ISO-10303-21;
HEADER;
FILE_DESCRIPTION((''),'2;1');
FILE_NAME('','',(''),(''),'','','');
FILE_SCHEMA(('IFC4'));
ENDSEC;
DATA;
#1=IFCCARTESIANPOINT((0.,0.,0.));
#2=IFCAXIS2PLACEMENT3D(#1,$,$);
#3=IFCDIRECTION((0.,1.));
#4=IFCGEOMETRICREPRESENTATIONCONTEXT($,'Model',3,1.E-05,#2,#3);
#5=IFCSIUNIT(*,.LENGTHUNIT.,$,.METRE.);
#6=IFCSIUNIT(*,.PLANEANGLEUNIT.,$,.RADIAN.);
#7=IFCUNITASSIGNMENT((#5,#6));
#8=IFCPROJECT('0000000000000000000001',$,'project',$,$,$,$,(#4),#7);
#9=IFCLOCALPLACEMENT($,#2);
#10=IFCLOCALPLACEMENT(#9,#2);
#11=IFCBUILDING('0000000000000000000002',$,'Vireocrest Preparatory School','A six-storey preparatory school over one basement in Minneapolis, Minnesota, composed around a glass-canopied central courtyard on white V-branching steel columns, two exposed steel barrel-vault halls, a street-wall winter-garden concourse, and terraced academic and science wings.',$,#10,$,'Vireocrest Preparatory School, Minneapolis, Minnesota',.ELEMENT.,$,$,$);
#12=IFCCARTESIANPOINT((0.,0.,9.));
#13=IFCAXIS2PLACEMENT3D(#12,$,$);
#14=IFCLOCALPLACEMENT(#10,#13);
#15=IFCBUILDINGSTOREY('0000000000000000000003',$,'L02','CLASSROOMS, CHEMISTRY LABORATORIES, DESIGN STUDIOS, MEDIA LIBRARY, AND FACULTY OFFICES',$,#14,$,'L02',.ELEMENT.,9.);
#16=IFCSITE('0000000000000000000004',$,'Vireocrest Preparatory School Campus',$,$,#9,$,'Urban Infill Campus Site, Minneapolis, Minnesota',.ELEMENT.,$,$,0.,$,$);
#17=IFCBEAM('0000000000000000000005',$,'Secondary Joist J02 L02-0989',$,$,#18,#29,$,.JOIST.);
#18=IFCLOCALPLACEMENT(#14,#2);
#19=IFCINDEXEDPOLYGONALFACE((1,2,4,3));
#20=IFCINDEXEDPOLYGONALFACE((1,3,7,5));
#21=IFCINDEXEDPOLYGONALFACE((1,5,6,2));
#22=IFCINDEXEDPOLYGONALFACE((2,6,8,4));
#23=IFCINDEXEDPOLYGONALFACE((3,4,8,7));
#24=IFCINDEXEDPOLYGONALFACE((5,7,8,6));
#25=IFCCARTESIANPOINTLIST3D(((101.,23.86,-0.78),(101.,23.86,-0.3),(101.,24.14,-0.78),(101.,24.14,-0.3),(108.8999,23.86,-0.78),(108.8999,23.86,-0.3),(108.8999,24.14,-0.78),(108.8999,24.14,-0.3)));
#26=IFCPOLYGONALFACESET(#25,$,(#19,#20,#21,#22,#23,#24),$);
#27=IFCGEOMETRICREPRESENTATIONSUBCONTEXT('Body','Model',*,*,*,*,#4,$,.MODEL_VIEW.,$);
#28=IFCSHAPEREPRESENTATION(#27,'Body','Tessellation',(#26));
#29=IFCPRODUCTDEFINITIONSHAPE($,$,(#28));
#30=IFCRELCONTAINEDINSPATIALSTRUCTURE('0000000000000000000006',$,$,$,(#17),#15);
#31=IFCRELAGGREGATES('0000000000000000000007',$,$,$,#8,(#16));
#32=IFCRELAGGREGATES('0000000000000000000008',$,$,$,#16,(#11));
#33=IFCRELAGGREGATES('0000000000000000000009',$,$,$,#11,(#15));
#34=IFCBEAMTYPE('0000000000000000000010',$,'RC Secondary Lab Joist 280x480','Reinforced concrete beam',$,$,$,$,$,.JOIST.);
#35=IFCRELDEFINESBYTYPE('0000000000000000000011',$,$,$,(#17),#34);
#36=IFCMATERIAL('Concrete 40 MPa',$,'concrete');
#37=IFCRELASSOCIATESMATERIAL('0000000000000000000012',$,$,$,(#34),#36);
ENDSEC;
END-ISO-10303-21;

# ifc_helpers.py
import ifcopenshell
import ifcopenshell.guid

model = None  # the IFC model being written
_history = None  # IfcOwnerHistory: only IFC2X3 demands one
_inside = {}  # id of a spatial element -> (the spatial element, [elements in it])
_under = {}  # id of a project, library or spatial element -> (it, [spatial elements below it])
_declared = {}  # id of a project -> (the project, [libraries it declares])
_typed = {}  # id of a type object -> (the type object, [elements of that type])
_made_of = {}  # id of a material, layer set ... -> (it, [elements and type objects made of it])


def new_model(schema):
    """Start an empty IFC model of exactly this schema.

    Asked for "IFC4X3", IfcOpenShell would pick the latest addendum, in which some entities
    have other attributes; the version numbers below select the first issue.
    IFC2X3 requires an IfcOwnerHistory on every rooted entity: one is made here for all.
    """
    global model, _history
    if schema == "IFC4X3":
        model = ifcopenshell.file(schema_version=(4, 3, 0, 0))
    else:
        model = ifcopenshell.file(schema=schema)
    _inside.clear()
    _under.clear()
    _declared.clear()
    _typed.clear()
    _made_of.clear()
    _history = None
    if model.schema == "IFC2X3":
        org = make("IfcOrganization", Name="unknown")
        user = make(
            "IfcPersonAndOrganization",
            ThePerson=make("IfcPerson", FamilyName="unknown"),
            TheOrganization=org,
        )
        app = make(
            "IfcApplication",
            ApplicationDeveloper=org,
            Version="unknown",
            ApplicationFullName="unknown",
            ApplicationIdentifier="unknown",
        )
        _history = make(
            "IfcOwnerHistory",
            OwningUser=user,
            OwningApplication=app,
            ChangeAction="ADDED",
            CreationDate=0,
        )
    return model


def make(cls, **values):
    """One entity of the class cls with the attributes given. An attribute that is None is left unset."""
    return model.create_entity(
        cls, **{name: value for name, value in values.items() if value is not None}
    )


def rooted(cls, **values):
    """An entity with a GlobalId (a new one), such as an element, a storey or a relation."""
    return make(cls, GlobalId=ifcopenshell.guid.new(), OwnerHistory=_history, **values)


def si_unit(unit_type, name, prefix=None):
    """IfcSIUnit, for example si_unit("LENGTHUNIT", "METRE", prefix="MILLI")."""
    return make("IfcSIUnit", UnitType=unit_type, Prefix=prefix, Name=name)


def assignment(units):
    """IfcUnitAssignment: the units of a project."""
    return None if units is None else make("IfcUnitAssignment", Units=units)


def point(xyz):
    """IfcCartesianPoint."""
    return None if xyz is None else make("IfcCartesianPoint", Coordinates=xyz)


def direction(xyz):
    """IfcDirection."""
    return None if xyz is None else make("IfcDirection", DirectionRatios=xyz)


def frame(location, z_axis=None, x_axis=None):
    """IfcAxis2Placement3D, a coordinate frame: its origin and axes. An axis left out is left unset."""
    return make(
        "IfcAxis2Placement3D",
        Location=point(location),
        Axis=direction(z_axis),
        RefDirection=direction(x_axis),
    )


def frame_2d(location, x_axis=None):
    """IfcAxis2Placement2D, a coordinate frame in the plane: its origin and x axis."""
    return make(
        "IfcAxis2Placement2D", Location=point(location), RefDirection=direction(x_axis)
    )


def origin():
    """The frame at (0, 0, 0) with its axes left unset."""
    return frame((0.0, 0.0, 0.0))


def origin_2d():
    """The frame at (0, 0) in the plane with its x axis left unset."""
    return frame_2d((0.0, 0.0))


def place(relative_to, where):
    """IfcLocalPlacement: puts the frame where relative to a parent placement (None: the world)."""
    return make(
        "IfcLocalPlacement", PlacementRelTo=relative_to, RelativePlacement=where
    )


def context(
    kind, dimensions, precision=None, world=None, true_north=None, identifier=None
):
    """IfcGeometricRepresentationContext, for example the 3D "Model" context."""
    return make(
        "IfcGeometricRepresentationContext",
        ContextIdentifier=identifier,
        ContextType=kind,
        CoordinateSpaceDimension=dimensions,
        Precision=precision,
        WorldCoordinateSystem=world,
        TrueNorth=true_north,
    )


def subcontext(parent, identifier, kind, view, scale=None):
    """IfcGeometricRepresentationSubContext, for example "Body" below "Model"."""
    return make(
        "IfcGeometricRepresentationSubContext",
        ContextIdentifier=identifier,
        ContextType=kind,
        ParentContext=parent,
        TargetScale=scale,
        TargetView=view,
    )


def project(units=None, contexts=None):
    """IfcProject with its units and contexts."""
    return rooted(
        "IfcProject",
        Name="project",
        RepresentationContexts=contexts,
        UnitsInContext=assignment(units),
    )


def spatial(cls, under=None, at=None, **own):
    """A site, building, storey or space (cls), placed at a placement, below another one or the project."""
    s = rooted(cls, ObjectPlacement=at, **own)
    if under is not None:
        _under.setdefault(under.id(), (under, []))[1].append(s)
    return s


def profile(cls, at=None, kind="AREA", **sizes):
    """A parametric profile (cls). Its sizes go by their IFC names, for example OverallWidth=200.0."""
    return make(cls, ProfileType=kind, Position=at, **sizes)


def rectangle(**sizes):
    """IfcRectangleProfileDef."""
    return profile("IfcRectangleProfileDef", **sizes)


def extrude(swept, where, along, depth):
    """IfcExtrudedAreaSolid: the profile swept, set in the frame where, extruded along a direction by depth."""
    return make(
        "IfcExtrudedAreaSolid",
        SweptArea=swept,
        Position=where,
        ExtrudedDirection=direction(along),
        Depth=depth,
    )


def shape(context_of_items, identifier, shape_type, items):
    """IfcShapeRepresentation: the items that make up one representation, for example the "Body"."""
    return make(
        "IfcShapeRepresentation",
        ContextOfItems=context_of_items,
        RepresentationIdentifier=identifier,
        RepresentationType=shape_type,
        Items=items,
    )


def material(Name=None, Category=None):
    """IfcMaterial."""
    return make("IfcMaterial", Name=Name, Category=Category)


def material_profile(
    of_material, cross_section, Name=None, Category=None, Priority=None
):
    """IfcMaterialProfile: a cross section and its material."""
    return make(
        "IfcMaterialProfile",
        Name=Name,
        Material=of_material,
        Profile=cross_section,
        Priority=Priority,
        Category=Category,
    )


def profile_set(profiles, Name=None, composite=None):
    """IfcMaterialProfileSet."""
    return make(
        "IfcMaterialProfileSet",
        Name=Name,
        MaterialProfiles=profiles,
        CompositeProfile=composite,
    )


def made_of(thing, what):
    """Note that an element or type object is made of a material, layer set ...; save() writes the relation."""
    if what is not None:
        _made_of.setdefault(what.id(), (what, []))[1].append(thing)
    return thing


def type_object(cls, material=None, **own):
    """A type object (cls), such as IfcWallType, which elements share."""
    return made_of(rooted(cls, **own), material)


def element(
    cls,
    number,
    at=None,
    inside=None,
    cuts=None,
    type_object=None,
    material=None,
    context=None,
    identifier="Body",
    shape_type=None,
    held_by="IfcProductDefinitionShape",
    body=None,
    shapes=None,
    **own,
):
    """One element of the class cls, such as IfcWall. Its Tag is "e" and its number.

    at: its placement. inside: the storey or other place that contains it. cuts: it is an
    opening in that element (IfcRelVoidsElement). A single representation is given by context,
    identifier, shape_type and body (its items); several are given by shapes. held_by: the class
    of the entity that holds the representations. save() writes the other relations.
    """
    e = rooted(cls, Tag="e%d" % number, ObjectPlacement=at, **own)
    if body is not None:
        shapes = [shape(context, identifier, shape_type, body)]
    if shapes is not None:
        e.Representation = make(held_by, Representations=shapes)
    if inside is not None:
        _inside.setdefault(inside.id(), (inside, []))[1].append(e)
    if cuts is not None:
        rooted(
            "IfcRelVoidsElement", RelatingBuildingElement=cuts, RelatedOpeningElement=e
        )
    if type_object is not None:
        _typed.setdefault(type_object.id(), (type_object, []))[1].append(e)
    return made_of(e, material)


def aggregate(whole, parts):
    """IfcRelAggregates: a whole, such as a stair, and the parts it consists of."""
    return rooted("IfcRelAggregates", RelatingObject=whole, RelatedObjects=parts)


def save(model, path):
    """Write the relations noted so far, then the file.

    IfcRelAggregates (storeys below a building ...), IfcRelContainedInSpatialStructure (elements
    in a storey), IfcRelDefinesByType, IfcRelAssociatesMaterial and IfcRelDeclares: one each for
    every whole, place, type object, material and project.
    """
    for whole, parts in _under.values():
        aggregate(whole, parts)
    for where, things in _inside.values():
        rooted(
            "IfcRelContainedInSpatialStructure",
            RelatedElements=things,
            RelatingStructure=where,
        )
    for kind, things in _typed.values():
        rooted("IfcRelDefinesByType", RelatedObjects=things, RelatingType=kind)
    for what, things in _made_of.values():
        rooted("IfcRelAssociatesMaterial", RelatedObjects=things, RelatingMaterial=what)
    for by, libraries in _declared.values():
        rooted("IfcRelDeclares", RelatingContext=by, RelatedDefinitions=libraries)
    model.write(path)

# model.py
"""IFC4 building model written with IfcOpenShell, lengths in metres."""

from ifc_helpers import new_model, si_unit, direction, frame, origin, origin_2d, place, context, subcontext, project, spatial, rectangle, extrude, material, material_profile, profile_set, type_object, element, save


model = new_model("IFC4")

# Units and contexts
model_context = context("Model", 3, precision=1e-05, world=origin(), true_north=direction((0.0, 1.0)))
body_context = subcontext(model_context, "Body", "Model", "MODEL_VIEW")
ifc_project = project(units=[si_unit("LENGTHUNIT", "METRE"), si_unit("PLANEANGLEUNIT", "RADIAN")], contexts=[model_context])

# Site, building, storey
site_placement = place(None, origin())
site = spatial("IfcSite", under=ifc_project, at=site_placement, Name="Vireocrest Preparatory School Campus", LongName="Urban Infill Campus Site, Minneapolis, Minnesota", CompositionType="ELEMENT", RefElevation=0.0)
building_placement = place(site_placement, origin())
building = spatial("IfcBuilding", under=site, at=building_placement, Name="Vireocrest Preparatory School", Description="A six-storey preparatory school over one basement in Minneapolis, Minnesota, composed around a glass-canopied central courtyard on white V-branching steel columns, two exposed steel barrel-vault halls, a street-wall winter-garden concourse, and terraced academic and science wings.", LongName="Vireocrest Preparatory School, Minneapolis, Minnesota", CompositionType="ELEMENT")
storey_placement = place(building_placement, frame((0.0, 0.0, 9.0)))
storey = spatial("IfcBuildingStorey", under=building, at=storey_placement, Name="L02", Description="CLASSROOMS, CHEMISTRY LABORATORIES, DESIGN STUDIOS, MEDIA LIBRARY, AND FACULTY OFFICES", LongName="L02", CompositionType="ELEMENT", Elevation=9.0)

# Beam
ifc_material_1 = material(Name="Concrete 40 MPa", Category="concrete")
ifc_material_profile_1 = material_profile(ifc_material_1, rectangle(XDim=0.28, YDim=0.48, at=origin_2d()), Name="RC 280x480")
ifc_profile_set_1 = profile_set([ifc_material_profile_1], Name="Concrete 40 MPa")
beam_type_1 = type_object("IfcBeamType", Name="RC Secondary Lab Joist 280x480", Description="Reinforced concrete beam", PredefinedType="JOIST", material=ifc_profile_set_1)
for number, where, z_axis, x_axis, name in (
    (1, (101.0, 24.0, -0.54), (1.0, 0.0, 0.0), (0.0, 1.0, 0.0), "Secondary Joist J02 L02-0989"),
):
    element("IfcBeam", number, at=place(storey_placement, frame(where, z_axis=z_axis, x_axis=x_axis)), inside=storey, type_object=beam_type_1, Name=name, PredefinedType="JOIST", context=body_context, shape_type="SweptSolid", body=[
        extrude(rectangle(XDim=0.28, YDim=0.48, at=origin_2d()), origin(), (0.0, 0.0, 1.0), 7.8999),
    ])

save(model, "model.ifc")
